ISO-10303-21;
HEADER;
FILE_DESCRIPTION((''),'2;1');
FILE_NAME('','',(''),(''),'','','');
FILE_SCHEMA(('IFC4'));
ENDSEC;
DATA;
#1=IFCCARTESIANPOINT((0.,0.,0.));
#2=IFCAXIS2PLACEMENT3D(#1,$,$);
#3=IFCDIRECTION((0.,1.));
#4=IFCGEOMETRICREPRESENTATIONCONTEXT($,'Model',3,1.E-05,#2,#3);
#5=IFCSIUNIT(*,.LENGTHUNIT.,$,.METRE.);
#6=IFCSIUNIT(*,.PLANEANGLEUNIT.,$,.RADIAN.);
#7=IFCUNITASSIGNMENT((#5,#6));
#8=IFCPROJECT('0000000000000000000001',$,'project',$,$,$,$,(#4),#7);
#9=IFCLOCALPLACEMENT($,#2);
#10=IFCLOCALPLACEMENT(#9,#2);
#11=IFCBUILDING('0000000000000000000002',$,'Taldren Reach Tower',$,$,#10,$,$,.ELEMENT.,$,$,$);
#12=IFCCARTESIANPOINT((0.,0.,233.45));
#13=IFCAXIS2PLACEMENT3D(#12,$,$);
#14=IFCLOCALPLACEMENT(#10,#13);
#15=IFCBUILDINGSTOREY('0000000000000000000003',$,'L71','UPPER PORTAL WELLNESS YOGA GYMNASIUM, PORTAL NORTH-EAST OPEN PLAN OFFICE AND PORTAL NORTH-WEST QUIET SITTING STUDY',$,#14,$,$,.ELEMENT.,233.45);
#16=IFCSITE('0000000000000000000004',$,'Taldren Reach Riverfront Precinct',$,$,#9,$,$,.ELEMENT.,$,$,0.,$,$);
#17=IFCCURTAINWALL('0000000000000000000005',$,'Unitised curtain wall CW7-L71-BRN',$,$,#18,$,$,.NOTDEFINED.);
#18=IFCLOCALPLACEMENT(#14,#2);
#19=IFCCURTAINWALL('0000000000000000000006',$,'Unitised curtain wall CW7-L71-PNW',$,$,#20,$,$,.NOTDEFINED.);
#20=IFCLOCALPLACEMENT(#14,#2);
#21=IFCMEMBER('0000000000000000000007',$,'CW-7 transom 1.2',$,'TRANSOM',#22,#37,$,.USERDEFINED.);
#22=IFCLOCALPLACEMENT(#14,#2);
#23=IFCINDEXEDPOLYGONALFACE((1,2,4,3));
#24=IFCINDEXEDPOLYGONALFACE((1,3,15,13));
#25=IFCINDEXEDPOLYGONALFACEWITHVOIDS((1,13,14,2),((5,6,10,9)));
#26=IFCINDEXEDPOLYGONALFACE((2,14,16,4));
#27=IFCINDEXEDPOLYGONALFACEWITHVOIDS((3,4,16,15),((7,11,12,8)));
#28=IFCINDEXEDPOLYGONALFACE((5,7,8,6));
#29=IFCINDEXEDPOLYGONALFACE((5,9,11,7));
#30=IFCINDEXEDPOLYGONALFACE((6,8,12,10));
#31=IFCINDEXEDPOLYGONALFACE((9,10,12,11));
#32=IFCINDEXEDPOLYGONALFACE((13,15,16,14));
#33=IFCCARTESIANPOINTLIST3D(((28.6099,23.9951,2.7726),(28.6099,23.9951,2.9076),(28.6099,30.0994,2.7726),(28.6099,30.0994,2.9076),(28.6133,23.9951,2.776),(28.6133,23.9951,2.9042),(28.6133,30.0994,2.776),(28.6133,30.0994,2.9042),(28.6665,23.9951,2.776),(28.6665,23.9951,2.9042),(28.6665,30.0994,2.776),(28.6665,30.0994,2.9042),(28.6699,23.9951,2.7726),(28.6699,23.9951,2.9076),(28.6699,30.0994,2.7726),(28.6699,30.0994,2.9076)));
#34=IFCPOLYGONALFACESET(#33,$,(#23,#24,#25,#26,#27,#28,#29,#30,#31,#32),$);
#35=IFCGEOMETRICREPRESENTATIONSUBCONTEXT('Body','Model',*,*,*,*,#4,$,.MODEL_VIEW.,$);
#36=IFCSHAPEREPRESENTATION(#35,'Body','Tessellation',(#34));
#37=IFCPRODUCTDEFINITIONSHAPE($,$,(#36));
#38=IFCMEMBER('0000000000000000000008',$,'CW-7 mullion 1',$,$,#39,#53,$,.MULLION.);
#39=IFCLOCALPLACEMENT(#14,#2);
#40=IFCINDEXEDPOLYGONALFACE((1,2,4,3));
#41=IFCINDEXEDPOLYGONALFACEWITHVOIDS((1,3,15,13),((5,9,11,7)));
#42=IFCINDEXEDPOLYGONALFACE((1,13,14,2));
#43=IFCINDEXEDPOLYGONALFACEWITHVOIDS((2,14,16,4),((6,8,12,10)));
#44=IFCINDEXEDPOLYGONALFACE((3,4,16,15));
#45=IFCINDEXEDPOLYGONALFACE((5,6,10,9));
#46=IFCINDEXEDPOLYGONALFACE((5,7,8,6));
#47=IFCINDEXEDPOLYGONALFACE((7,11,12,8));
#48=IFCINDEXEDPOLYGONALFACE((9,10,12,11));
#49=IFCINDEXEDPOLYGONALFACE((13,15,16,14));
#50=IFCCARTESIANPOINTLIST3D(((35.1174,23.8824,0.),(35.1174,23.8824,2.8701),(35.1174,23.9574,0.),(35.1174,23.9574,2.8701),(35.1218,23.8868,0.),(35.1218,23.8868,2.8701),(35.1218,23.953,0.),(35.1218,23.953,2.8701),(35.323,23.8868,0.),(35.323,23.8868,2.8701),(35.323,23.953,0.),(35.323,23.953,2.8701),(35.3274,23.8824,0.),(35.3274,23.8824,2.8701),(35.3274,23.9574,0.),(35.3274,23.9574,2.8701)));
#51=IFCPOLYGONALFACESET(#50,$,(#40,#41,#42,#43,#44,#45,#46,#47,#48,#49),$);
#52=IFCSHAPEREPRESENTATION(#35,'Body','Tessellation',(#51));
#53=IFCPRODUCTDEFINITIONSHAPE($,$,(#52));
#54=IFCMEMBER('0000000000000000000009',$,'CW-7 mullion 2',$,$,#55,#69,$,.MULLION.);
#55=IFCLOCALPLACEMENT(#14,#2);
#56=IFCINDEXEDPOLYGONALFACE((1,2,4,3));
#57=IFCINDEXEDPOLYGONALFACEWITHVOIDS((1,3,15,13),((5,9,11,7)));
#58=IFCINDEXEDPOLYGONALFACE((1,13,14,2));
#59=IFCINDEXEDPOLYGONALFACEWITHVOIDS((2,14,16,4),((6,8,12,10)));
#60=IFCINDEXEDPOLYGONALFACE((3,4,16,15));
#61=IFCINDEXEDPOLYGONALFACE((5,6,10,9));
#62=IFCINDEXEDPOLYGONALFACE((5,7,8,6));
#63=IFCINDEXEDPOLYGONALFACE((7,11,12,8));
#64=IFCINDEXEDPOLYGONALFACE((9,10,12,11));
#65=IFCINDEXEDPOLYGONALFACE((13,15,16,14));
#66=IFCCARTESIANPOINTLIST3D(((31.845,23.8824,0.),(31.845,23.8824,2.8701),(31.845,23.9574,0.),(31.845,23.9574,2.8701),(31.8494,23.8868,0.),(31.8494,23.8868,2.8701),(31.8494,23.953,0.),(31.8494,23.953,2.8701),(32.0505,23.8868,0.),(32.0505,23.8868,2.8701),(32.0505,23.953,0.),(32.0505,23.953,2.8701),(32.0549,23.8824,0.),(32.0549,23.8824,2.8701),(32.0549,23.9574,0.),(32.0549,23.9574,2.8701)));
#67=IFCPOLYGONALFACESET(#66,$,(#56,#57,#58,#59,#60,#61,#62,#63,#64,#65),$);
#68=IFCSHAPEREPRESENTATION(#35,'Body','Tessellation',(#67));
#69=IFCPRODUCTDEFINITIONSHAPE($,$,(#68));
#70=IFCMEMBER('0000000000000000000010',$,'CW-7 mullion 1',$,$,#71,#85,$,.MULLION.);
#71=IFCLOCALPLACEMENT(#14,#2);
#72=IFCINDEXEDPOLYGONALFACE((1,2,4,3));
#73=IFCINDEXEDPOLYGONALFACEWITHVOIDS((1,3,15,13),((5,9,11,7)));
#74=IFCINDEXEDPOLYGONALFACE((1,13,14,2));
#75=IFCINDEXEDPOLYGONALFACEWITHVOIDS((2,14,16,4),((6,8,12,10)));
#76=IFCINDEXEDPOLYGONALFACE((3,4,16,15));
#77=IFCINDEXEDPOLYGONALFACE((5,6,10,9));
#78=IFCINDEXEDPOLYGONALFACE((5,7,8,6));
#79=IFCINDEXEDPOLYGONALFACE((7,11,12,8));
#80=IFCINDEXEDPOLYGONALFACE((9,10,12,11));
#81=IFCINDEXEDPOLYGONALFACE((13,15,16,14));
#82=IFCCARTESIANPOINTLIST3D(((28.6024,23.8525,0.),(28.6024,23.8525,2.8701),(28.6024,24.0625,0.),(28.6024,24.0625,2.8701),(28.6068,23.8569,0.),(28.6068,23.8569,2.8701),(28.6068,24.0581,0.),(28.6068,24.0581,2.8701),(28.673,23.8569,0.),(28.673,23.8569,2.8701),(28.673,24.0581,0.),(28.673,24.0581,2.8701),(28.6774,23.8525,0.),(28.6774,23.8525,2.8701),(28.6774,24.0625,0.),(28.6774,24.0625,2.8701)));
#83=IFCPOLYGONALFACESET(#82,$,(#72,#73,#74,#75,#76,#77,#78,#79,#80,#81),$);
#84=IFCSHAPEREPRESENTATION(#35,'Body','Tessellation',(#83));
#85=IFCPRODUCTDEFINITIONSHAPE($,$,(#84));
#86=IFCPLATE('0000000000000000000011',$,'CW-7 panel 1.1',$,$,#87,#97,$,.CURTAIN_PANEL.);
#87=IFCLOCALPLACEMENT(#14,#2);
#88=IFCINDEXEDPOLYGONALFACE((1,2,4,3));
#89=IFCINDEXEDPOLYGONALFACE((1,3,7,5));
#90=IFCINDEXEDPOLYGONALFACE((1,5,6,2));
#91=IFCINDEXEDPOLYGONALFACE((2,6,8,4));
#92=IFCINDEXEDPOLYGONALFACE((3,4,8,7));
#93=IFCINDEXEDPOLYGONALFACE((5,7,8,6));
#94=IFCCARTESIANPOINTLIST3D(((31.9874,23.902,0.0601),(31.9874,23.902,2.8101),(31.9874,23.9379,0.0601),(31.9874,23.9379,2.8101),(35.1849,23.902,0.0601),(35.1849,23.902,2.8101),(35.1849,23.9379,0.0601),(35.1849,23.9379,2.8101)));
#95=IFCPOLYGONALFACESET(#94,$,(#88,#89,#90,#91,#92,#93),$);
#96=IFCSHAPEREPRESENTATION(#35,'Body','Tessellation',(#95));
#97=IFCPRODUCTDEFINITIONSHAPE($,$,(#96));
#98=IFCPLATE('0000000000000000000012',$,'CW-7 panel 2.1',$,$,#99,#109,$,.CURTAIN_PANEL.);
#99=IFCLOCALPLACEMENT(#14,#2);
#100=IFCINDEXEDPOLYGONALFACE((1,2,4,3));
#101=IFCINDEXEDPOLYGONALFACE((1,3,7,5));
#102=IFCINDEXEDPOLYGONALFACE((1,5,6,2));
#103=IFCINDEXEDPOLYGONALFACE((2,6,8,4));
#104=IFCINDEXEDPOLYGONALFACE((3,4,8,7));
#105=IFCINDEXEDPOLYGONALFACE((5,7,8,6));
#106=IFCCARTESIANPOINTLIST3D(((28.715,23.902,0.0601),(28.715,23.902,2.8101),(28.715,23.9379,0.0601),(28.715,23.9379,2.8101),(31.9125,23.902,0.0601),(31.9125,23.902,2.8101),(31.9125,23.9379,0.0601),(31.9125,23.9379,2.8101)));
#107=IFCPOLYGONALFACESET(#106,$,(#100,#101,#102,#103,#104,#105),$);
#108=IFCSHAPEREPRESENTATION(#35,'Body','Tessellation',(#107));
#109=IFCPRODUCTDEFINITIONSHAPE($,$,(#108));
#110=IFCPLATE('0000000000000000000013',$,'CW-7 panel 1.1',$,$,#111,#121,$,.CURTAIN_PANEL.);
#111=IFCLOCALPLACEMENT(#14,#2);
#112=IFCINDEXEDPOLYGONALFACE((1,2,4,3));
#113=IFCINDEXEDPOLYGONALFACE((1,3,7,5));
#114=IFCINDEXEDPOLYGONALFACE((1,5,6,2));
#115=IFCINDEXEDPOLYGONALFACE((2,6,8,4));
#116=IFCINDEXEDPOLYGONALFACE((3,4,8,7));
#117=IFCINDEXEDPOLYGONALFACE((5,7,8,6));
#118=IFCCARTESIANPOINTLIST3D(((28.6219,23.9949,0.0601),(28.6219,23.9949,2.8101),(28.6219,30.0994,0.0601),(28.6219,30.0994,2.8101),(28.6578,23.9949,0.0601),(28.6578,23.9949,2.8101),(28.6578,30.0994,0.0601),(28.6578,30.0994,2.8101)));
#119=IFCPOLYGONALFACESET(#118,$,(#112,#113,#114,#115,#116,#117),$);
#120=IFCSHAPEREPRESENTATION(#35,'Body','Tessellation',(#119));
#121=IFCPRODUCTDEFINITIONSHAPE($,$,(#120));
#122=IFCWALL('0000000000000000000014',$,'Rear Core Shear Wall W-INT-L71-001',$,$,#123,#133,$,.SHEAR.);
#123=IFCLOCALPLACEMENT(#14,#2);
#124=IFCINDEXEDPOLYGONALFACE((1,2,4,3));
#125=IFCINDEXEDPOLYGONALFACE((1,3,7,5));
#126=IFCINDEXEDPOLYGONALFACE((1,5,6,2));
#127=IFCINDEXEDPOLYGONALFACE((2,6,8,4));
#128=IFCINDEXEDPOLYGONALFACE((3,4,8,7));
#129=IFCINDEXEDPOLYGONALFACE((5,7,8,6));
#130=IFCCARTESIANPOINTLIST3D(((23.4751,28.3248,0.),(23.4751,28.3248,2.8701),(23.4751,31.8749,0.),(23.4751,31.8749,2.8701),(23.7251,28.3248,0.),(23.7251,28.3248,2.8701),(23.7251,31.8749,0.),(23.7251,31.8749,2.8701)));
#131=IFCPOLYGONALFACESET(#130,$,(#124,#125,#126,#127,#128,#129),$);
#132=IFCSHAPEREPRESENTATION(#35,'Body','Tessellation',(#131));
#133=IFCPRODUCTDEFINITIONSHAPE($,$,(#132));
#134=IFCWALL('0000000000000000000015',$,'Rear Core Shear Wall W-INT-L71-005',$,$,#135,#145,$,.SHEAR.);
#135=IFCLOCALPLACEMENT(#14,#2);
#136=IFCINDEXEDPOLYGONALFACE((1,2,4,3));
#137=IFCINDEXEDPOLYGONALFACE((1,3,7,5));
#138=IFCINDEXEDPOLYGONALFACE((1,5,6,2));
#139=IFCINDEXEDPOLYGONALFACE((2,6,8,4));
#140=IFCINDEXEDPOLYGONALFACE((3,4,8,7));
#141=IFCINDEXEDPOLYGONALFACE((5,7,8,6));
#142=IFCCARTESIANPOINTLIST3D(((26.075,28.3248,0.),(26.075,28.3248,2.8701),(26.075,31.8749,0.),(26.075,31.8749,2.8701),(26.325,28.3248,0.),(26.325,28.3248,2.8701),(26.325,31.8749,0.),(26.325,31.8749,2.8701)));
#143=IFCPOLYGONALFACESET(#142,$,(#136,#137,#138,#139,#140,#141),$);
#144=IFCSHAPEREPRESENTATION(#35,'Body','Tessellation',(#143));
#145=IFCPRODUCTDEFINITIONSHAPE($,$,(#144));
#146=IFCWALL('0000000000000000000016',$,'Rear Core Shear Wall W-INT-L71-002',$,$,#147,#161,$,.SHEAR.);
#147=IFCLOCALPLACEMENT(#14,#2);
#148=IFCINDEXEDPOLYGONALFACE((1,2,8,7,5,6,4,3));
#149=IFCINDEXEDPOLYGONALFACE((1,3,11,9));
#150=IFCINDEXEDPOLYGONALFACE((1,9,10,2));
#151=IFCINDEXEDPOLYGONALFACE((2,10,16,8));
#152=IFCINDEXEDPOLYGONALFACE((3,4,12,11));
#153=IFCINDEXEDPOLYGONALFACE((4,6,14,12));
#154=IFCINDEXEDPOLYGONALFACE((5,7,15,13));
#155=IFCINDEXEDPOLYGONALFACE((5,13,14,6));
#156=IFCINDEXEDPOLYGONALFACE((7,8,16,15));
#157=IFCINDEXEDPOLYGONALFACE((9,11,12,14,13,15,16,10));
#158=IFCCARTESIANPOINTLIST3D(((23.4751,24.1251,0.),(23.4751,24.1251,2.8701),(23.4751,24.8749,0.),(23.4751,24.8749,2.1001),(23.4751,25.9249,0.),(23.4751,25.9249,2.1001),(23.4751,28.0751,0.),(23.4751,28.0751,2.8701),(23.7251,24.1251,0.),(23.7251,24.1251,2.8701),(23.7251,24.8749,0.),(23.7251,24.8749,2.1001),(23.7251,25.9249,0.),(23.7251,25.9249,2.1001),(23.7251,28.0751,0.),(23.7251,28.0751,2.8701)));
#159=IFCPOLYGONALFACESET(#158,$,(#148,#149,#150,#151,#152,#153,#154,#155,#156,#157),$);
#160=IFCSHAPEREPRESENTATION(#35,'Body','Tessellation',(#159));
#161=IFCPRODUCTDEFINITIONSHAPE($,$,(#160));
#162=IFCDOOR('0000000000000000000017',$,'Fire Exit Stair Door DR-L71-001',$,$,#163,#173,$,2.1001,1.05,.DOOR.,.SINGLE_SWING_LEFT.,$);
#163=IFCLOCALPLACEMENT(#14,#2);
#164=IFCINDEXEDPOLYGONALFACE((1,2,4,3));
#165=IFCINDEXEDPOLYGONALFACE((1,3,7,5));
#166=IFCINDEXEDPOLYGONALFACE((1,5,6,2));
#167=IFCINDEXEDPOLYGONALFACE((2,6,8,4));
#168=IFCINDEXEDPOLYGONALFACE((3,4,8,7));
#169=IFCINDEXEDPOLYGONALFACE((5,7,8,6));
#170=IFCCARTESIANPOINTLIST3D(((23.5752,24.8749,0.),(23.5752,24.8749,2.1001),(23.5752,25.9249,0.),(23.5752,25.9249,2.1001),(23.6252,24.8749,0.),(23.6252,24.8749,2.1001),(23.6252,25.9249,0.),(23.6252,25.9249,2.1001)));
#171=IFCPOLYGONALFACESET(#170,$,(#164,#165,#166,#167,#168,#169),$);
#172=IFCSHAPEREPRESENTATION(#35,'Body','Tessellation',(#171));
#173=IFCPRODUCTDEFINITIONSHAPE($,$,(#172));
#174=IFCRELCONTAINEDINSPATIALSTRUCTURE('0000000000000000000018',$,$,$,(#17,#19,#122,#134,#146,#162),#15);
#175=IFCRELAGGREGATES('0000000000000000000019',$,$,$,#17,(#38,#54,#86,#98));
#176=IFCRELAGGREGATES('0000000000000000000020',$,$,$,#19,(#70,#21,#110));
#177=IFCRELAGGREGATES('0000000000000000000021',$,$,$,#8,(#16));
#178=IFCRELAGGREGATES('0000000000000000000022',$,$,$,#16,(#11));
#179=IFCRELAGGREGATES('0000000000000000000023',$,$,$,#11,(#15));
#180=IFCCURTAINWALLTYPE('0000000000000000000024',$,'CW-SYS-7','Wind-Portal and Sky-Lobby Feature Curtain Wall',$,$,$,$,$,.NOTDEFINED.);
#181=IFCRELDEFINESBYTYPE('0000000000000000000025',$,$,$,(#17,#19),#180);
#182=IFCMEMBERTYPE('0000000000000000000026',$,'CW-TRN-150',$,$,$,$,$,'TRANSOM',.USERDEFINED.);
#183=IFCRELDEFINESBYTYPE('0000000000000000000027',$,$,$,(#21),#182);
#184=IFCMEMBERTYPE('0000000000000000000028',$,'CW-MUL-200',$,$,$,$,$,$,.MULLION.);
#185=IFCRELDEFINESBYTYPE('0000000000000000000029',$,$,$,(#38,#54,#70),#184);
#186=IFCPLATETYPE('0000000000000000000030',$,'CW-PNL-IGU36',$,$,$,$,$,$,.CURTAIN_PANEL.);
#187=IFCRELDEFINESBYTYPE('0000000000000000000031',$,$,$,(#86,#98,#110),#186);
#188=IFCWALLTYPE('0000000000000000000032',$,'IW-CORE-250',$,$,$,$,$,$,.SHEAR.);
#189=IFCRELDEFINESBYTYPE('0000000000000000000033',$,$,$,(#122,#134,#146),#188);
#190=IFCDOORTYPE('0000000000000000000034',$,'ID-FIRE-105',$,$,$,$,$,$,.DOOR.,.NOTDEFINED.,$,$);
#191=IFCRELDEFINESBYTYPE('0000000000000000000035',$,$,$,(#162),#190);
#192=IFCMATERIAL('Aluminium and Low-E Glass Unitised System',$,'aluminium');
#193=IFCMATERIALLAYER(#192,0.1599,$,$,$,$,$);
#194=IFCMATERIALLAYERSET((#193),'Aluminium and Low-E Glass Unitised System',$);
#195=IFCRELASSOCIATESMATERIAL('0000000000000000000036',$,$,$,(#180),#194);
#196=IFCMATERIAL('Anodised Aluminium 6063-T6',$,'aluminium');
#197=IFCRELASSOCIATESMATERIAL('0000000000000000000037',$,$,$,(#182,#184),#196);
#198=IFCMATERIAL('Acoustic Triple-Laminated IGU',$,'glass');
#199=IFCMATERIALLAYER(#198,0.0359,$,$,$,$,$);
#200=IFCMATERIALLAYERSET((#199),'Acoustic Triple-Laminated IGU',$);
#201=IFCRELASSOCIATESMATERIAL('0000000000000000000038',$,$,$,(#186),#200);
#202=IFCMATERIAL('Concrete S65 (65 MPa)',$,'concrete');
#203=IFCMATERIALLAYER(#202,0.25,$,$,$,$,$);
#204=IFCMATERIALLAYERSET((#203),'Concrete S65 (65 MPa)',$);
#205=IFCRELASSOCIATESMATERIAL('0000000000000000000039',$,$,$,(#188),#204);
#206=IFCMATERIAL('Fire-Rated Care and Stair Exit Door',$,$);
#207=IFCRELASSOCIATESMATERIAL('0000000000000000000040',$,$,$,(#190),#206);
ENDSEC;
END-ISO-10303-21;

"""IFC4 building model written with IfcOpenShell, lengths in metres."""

from ifc_helpers import new_model, si_unit, direction, frame, frame_2d, origin, origin_2d, place, context, subcontext, project, spatial, rectangle, hollow_rectangle, extrude, source, transform, mapped, material, layer, layer_set, material_profile, profile_set, type_object, element, fill, aggregate, save


model = new_model("IFC4")

# Units and contexts
model_context = context("Model", 3, precision=1e-05, world=origin(), true_north=direction((0.0, 1.0)))
body_context = subcontext(model_context, "Body", "Model", "MODEL_VIEW")
ifc_project = project(units=[si_unit("LENGTHUNIT", "METRE"), si_unit("PLANEANGLEUNIT", "RADIAN")], contexts=[model_context])

# Site, building, storey
site_placement = place(None, origin())
site = spatial("IfcSite", under=ifc_project, at=site_placement, Name="Taldren Reach Riverfront Precinct", CompositionType="ELEMENT", RefElevation=0.0)
building_placement = place(site_placement, origin())
building = spatial("IfcBuilding", under=site, at=building_placement, Name="Taldren Reach Tower", CompositionType="ELEMENT")
storey_placement = place(building_placement, frame((0.0, 0.0, 233.45)))
storey = spatial("IfcBuildingStorey", under=building, at=storey_placement, Name="L71", Description="UPPER PORTAL WELLNESS YOGA GYMNASIUM, PORTAL NORTH-EAST OPEN PLAN OFFICE AND PORTAL NORTH-WEST QUIET SITTING STUDY", CompositionType="ELEMENT", Elevation=233.45)

# Curtain walls, member
ifc_material_1 = material(Name="Aluminium and Low-E Glass Unitised System", Category="aluminium")
ifc_layer_1 = layer(ifc_material_1, 0.1599)
ifc_layer_set_1 = layer_set([ifc_layer_1], Name="Aluminium and Low-E Glass Unitised System")
curtain_wall_type = type_object("IfcCurtainWallType", Name="CW-SYS-7", Description="Wind-Portal and Sky-Lobby Feature Curtain Wall", PredefinedType="NOTDEFINED", material=ifc_layer_set_1)
curtain_wall_1_placement = place(storey_placement, origin())
curtain_wall_1 = element("IfcCurtainWall", 1, at=curtain_wall_1_placement, inside=storey, type_object=curtain_wall_type, Name="Unitised curtain wall CW7-L71-BRN", PredefinedType="NOTDEFINED")
ifc_material_2 = material(Name="Anodised Aluminium 6063-T6", Category="aluminium")
ifc_material_profile_1 = material_profile(ifc_material_2, hollow_rectangle(XDim=0.0601, YDim=0.135, WallThickness=0.0034, at=origin_2d()), Name="ALU-135x60x3.5RHS")
ifc_profile_set_1 = profile_set([ifc_material_profile_1], Name="Anodised Aluminium 6063-T6")
member_type_1 = type_object("IfcMemberType", Name="CW-TRN-150", ElementType="TRANSOM", PredefinedType="USERDEFINED", material=ifc_profile_set_1)
curtain_wall_2_placement = place(storey_placement, origin())
curtain_wall_2 = element("IfcCurtainWall", 2, at=curtain_wall_2_placement, inside=storey, type_object=curtain_wall_type, Name="Unitised curtain wall CW7-L71-PNW", PredefinedType="NOTDEFINED")
shared_shape_1 = source(origin(), body_context, "Body", "SweptSolid", [
    extrude(hollow_rectangle(XDim=0.0601, YDim=0.135, WallThickness=0.0034, at=origin_2d()), origin(), (0.0, 0.0, 1.0), 6.1042),
])
member_1_placement = place(storey_placement, frame((28.6399, 23.9951, 2.8401), z_axis=(0.0, 1.0, 0.0), x_axis=(-1.0, 0.0, 0.0)))
member_1 = element("IfcMember", 3, at=member_1_placement, type_object=member_type_1, Name="CW-7 transom 1.2", ObjectType="TRANSOM", PredefinedType="USERDEFINED", context=body_context, shape_type="MappedRepresentation", body=[
    mapped(shared_shape_1, transform((0.0, 0.0, 0.0), scale=1.0)),
])

# Members
ifc_material_profile_2 = material_profile(ifc_material_2, hollow_rectangle(XDim=0.075, YDim=0.21, WallThickness=0.0044, at=origin_2d()), Name="ALU-210x75x4.5RHS")
ifc_profile_set_2 = profile_set([ifc_material_profile_2], Name="Anodised Aluminium 6063-T6")
member_type_2 = type_object("IfcMemberType", Name="CW-MUL-200", PredefinedType="MULLION", material=ifc_profile_set_2)
shared_shape_2 = source(origin(), body_context, "Body", "SweptSolid", [
    extrude(hollow_rectangle(XDim=0.075, YDim=0.21, WallThickness=0.0044, at=origin_2d()), origin(), (0.0, 0.0, 1.0), 2.8701),
])
member_2_placement = place(storey_placement, frame((35.2224, 23.9199, 0.0), z_axis=(0.0, 0.0, 1.0), x_axis=(0.0, -1.0, 0.0)))
member_2 = element("IfcMember", 4, at=member_2_placement, type_object=member_type_2, Name="CW-7 mullion 1", PredefinedType="MULLION", context=body_context, shape_type="MappedRepresentation", body=[
    mapped(shared_shape_2, transform((0.0, 0.0, 0.0), scale=1.0)),
])
member_3_placement = place(storey_placement, frame((31.95, 23.9199, 0.0), z_axis=(0.0, 0.0, 1.0), x_axis=(0.0, -1.0, 0.0)))
member_3 = element("IfcMember", 5, at=member_3_placement, type_object=member_type_2, Name="CW-7 mullion 2", PredefinedType="MULLION", context=body_context, shape_type="MappedRepresentation", body=[
    mapped(shared_shape_2, transform((0.0, 0.0, 0.0), scale=1.0)),
])
member_4_placement = place(storey_placement, frame((28.6399, 23.9575, 0.0), z_axis=(0.0, 0.0, 1.0), x_axis=(-1.0, 0.0, 0.0)))
member_4 = element("IfcMember", 6, at=member_4_placement, type_object=member_type_2, Name="CW-7 mullion 1", PredefinedType="MULLION", context=body_context, shape_type="MappedRepresentation", body=[
    mapped(shared_shape_2, transform((0.0, 0.0, 0.0), scale=1.0)),
])

# Plates
ifc_material_3 = material(Name="Acoustic Triple-Laminated IGU", Category="glass")
ifc_layer_2 = layer(ifc_material_3, 0.0359)
ifc_layer_set_2 = layer_set([ifc_layer_2], Name="Acoustic Triple-Laminated IGU")
plate_type = type_object("IfcPlateType", Name="CW-PNL-IGU36", PredefinedType="CURTAIN_PANEL", material=ifc_layer_set_2)
shared_shape_3 = source(origin(), body_context, "Body", "SweptSolid", [
    extrude(rectangle(XDim=3.1975, YDim=0.0359, at=origin_2d()), origin(), (0.0, 0.0, 1.0), 2.75),
])
plate_1_placement = place(storey_placement, frame((33.5862, 23.9199, 0.0601), z_axis=(0.0, 0.0, 1.0), x_axis=(-1.0, 0.0, 0.0)))
plate_1 = element("IfcPlate", 7, at=plate_1_placement, type_object=plate_type, Name="CW-7 panel 1.1", PredefinedType="CURTAIN_PANEL", context=body_context, shape_type="MappedRepresentation", body=[
    mapped(shared_shape_3, transform((0.0, 0.0, 0.0), scale=1.0)),
])
plate_2_placement = place(storey_placement, frame((30.3137, 23.9199, 0.0601), z_axis=(0.0, 0.0, 1.0), x_axis=(-1.0, 0.0, 0.0)))
plate_2 = element("IfcPlate", 8, at=plate_2_placement, type_object=plate_type, Name="CW-7 panel 2.1", PredefinedType="CURTAIN_PANEL", context=body_context, shape_type="MappedRepresentation", body=[
    mapped(shared_shape_3, transform((0.0, 0.0, 0.0), scale=1.0)),
])
aggregate(curtain_wall_1, [member_2, member_3, plate_1, plate_2])
shared_shape_4 = source(origin(), body_context, "Body", "SweptSolid", [
    extrude(rectangle(XDim=6.1045, YDim=0.0359, at=origin_2d()), origin(), (0.0, 0.0, 1.0), 2.75),
])
plate_3_placement = place(storey_placement, frame((28.6399, 27.0471, 0.0601), z_axis=(0.0, 0.0, 1.0), x_axis=(0.0, 1.0, 0.0)))
plate_3 = element("IfcPlate", 9, at=plate_3_placement, type_object=plate_type, Name="CW-7 panel 1.1", PredefinedType="CURTAIN_PANEL", context=body_context, shape_type="MappedRepresentation", body=[
    mapped(shared_shape_4, transform((0.0, 0.0, 0.0), scale=1.0)),
])
aggregate(curtain_wall_2, [member_4, member_1, plate_3])

# Walls
ifc_material_4 = material(Name="Concrete S65 (65 MPa)", Category="concrete")
ifc_layer_3 = layer(ifc_material_4, 0.25)
ifc_layer_set_3 = layer_set([ifc_layer_3], Name="Concrete S65 (65 MPa)")
wall_type_1 = type_object("IfcWallType", Name="IW-CORE-250", PredefinedType="SHEAR", material=ifc_layer_set_3)
shared_shape_5 = source(origin(), body_context, "Body", "SweptSolid", [
    extrude(rectangle(XDim=3.55, YDim=0.25, at=frame_2d((1.7749, 0.0))), origin(), (0.0, 0.0, 1.0), 2.8701),
])
for number, where, z_axis, x_axis, name in (
    (10, (23.6001, 28.325, 0.0), (0.0, 0.0, 1.0), (0.0, 1.0, 0.0), "Rear Core Shear Wall W-INT-L71-001"),
    (11, (26.2, 28.325, 0.0), (0.0, 0.0, 1.0), (0.0, 1.0, 0.0), "Rear Core Shear Wall W-INT-L71-005"),
):
    element("IfcWall", number, at=place(storey_placement, frame(where, z_axis=z_axis, x_axis=x_axis)), inside=storey, type_object=wall_type_1, Name=name, PredefinedType="SHEAR", context=body_context, shape_type="MappedRepresentation", body=[
        mapped(shared_shape_5, transform((0.0, 0.0, 0.0), scale=1.0)),
    ])

# Wall, opening, door
shared_shape_6 = source(origin(), body_context, "Body", "SweptSolid", [
    extrude(rectangle(XDim=3.95, YDim=0.25, at=frame_2d((1.9751, 0.0))), origin(), (0.0, 0.0, 1.0), 2.8701),
])
wall_1_placement = place(storey_placement, frame((23.6001, 24.125, 0.0), z_axis=(0.0, 0.0, 1.0), x_axis=(0.0, 1.0, 0.0)))
wall_1 = element("IfcWall", 12, at=wall_1_placement, inside=storey, type_object=wall_type_1, Name="Rear Core Shear Wall W-INT-L71-002", PredefinedType="SHEAR", context=body_context, shape_type="MappedRepresentation", body=[
    mapped(shared_shape_6, transform((0.0, 0.0, 0.0), scale=1.0)),
])
shared_shape_7 = source(origin(), body_context, "Body", "SweptSolid", [
    extrude(rectangle(XDim=1.05, YDim=2.1001, at=frame_2d((0.5249, 1.05))), frame((0.0, 0.135, 0.0), z_axis=(0.0, -1.0, 0.0), x_axis=(1.0, 0.0, 0.0)), (0.0, 0.0, 1.0), 0.27),
])
opening_1_placement = place(wall_1_placement, frame((0.75, 0.0, 0.0)))
opening_1 = element("IfcOpeningElement", 13, at=opening_1_placement, cuts=wall_1, PredefinedType="OPENING", context=body_context, shape_type="MappedRepresentation", body=[
    mapped(shared_shape_7, transform((0.0, 0.0, 0.0), scale=1.0)),
])
ifc_material_5 = material(Name="Fire-Rated Care and Stair Exit Door")
door_type_1 = type_object("IfcDoorType", Name="ID-FIRE-105", OperationType="NOTDEFINED", PredefinedType="DOOR", material=ifc_material_5)
shared_shape_8 = source(origin(), body_context, "Body", "SweptSolid", [
    extrude(rectangle(XDim=1.05, YDim=2.1001, at=frame_2d((0.5249, 1.05))), frame((0.0, 0.0249, 0.0), z_axis=(0.0, -1.0, 0.0), x_axis=(1.0, 0.0, 0.0)), (0.0, 0.0, 1.0), 0.05),
])
door_1_placement = place(opening_1_placement, origin())
door_1 = element("IfcDoor", 14, at=door_1_placement, inside=storey, type_object=door_type_1, Name="Fire Exit Stair Door DR-L71-001", OperationType="SINGLE_SWING_LEFT", OverallHeight=2.1001, OverallWidth=1.05, PredefinedType="DOOR", context=body_context, shape_type="MappedRepresentation", body=[
    mapped(shared_shape_8, transform((0.0, 0.0, 0.0), scale=1.0)),
])
fill(opening_1, door_1)

save(model, "model.ifc")
